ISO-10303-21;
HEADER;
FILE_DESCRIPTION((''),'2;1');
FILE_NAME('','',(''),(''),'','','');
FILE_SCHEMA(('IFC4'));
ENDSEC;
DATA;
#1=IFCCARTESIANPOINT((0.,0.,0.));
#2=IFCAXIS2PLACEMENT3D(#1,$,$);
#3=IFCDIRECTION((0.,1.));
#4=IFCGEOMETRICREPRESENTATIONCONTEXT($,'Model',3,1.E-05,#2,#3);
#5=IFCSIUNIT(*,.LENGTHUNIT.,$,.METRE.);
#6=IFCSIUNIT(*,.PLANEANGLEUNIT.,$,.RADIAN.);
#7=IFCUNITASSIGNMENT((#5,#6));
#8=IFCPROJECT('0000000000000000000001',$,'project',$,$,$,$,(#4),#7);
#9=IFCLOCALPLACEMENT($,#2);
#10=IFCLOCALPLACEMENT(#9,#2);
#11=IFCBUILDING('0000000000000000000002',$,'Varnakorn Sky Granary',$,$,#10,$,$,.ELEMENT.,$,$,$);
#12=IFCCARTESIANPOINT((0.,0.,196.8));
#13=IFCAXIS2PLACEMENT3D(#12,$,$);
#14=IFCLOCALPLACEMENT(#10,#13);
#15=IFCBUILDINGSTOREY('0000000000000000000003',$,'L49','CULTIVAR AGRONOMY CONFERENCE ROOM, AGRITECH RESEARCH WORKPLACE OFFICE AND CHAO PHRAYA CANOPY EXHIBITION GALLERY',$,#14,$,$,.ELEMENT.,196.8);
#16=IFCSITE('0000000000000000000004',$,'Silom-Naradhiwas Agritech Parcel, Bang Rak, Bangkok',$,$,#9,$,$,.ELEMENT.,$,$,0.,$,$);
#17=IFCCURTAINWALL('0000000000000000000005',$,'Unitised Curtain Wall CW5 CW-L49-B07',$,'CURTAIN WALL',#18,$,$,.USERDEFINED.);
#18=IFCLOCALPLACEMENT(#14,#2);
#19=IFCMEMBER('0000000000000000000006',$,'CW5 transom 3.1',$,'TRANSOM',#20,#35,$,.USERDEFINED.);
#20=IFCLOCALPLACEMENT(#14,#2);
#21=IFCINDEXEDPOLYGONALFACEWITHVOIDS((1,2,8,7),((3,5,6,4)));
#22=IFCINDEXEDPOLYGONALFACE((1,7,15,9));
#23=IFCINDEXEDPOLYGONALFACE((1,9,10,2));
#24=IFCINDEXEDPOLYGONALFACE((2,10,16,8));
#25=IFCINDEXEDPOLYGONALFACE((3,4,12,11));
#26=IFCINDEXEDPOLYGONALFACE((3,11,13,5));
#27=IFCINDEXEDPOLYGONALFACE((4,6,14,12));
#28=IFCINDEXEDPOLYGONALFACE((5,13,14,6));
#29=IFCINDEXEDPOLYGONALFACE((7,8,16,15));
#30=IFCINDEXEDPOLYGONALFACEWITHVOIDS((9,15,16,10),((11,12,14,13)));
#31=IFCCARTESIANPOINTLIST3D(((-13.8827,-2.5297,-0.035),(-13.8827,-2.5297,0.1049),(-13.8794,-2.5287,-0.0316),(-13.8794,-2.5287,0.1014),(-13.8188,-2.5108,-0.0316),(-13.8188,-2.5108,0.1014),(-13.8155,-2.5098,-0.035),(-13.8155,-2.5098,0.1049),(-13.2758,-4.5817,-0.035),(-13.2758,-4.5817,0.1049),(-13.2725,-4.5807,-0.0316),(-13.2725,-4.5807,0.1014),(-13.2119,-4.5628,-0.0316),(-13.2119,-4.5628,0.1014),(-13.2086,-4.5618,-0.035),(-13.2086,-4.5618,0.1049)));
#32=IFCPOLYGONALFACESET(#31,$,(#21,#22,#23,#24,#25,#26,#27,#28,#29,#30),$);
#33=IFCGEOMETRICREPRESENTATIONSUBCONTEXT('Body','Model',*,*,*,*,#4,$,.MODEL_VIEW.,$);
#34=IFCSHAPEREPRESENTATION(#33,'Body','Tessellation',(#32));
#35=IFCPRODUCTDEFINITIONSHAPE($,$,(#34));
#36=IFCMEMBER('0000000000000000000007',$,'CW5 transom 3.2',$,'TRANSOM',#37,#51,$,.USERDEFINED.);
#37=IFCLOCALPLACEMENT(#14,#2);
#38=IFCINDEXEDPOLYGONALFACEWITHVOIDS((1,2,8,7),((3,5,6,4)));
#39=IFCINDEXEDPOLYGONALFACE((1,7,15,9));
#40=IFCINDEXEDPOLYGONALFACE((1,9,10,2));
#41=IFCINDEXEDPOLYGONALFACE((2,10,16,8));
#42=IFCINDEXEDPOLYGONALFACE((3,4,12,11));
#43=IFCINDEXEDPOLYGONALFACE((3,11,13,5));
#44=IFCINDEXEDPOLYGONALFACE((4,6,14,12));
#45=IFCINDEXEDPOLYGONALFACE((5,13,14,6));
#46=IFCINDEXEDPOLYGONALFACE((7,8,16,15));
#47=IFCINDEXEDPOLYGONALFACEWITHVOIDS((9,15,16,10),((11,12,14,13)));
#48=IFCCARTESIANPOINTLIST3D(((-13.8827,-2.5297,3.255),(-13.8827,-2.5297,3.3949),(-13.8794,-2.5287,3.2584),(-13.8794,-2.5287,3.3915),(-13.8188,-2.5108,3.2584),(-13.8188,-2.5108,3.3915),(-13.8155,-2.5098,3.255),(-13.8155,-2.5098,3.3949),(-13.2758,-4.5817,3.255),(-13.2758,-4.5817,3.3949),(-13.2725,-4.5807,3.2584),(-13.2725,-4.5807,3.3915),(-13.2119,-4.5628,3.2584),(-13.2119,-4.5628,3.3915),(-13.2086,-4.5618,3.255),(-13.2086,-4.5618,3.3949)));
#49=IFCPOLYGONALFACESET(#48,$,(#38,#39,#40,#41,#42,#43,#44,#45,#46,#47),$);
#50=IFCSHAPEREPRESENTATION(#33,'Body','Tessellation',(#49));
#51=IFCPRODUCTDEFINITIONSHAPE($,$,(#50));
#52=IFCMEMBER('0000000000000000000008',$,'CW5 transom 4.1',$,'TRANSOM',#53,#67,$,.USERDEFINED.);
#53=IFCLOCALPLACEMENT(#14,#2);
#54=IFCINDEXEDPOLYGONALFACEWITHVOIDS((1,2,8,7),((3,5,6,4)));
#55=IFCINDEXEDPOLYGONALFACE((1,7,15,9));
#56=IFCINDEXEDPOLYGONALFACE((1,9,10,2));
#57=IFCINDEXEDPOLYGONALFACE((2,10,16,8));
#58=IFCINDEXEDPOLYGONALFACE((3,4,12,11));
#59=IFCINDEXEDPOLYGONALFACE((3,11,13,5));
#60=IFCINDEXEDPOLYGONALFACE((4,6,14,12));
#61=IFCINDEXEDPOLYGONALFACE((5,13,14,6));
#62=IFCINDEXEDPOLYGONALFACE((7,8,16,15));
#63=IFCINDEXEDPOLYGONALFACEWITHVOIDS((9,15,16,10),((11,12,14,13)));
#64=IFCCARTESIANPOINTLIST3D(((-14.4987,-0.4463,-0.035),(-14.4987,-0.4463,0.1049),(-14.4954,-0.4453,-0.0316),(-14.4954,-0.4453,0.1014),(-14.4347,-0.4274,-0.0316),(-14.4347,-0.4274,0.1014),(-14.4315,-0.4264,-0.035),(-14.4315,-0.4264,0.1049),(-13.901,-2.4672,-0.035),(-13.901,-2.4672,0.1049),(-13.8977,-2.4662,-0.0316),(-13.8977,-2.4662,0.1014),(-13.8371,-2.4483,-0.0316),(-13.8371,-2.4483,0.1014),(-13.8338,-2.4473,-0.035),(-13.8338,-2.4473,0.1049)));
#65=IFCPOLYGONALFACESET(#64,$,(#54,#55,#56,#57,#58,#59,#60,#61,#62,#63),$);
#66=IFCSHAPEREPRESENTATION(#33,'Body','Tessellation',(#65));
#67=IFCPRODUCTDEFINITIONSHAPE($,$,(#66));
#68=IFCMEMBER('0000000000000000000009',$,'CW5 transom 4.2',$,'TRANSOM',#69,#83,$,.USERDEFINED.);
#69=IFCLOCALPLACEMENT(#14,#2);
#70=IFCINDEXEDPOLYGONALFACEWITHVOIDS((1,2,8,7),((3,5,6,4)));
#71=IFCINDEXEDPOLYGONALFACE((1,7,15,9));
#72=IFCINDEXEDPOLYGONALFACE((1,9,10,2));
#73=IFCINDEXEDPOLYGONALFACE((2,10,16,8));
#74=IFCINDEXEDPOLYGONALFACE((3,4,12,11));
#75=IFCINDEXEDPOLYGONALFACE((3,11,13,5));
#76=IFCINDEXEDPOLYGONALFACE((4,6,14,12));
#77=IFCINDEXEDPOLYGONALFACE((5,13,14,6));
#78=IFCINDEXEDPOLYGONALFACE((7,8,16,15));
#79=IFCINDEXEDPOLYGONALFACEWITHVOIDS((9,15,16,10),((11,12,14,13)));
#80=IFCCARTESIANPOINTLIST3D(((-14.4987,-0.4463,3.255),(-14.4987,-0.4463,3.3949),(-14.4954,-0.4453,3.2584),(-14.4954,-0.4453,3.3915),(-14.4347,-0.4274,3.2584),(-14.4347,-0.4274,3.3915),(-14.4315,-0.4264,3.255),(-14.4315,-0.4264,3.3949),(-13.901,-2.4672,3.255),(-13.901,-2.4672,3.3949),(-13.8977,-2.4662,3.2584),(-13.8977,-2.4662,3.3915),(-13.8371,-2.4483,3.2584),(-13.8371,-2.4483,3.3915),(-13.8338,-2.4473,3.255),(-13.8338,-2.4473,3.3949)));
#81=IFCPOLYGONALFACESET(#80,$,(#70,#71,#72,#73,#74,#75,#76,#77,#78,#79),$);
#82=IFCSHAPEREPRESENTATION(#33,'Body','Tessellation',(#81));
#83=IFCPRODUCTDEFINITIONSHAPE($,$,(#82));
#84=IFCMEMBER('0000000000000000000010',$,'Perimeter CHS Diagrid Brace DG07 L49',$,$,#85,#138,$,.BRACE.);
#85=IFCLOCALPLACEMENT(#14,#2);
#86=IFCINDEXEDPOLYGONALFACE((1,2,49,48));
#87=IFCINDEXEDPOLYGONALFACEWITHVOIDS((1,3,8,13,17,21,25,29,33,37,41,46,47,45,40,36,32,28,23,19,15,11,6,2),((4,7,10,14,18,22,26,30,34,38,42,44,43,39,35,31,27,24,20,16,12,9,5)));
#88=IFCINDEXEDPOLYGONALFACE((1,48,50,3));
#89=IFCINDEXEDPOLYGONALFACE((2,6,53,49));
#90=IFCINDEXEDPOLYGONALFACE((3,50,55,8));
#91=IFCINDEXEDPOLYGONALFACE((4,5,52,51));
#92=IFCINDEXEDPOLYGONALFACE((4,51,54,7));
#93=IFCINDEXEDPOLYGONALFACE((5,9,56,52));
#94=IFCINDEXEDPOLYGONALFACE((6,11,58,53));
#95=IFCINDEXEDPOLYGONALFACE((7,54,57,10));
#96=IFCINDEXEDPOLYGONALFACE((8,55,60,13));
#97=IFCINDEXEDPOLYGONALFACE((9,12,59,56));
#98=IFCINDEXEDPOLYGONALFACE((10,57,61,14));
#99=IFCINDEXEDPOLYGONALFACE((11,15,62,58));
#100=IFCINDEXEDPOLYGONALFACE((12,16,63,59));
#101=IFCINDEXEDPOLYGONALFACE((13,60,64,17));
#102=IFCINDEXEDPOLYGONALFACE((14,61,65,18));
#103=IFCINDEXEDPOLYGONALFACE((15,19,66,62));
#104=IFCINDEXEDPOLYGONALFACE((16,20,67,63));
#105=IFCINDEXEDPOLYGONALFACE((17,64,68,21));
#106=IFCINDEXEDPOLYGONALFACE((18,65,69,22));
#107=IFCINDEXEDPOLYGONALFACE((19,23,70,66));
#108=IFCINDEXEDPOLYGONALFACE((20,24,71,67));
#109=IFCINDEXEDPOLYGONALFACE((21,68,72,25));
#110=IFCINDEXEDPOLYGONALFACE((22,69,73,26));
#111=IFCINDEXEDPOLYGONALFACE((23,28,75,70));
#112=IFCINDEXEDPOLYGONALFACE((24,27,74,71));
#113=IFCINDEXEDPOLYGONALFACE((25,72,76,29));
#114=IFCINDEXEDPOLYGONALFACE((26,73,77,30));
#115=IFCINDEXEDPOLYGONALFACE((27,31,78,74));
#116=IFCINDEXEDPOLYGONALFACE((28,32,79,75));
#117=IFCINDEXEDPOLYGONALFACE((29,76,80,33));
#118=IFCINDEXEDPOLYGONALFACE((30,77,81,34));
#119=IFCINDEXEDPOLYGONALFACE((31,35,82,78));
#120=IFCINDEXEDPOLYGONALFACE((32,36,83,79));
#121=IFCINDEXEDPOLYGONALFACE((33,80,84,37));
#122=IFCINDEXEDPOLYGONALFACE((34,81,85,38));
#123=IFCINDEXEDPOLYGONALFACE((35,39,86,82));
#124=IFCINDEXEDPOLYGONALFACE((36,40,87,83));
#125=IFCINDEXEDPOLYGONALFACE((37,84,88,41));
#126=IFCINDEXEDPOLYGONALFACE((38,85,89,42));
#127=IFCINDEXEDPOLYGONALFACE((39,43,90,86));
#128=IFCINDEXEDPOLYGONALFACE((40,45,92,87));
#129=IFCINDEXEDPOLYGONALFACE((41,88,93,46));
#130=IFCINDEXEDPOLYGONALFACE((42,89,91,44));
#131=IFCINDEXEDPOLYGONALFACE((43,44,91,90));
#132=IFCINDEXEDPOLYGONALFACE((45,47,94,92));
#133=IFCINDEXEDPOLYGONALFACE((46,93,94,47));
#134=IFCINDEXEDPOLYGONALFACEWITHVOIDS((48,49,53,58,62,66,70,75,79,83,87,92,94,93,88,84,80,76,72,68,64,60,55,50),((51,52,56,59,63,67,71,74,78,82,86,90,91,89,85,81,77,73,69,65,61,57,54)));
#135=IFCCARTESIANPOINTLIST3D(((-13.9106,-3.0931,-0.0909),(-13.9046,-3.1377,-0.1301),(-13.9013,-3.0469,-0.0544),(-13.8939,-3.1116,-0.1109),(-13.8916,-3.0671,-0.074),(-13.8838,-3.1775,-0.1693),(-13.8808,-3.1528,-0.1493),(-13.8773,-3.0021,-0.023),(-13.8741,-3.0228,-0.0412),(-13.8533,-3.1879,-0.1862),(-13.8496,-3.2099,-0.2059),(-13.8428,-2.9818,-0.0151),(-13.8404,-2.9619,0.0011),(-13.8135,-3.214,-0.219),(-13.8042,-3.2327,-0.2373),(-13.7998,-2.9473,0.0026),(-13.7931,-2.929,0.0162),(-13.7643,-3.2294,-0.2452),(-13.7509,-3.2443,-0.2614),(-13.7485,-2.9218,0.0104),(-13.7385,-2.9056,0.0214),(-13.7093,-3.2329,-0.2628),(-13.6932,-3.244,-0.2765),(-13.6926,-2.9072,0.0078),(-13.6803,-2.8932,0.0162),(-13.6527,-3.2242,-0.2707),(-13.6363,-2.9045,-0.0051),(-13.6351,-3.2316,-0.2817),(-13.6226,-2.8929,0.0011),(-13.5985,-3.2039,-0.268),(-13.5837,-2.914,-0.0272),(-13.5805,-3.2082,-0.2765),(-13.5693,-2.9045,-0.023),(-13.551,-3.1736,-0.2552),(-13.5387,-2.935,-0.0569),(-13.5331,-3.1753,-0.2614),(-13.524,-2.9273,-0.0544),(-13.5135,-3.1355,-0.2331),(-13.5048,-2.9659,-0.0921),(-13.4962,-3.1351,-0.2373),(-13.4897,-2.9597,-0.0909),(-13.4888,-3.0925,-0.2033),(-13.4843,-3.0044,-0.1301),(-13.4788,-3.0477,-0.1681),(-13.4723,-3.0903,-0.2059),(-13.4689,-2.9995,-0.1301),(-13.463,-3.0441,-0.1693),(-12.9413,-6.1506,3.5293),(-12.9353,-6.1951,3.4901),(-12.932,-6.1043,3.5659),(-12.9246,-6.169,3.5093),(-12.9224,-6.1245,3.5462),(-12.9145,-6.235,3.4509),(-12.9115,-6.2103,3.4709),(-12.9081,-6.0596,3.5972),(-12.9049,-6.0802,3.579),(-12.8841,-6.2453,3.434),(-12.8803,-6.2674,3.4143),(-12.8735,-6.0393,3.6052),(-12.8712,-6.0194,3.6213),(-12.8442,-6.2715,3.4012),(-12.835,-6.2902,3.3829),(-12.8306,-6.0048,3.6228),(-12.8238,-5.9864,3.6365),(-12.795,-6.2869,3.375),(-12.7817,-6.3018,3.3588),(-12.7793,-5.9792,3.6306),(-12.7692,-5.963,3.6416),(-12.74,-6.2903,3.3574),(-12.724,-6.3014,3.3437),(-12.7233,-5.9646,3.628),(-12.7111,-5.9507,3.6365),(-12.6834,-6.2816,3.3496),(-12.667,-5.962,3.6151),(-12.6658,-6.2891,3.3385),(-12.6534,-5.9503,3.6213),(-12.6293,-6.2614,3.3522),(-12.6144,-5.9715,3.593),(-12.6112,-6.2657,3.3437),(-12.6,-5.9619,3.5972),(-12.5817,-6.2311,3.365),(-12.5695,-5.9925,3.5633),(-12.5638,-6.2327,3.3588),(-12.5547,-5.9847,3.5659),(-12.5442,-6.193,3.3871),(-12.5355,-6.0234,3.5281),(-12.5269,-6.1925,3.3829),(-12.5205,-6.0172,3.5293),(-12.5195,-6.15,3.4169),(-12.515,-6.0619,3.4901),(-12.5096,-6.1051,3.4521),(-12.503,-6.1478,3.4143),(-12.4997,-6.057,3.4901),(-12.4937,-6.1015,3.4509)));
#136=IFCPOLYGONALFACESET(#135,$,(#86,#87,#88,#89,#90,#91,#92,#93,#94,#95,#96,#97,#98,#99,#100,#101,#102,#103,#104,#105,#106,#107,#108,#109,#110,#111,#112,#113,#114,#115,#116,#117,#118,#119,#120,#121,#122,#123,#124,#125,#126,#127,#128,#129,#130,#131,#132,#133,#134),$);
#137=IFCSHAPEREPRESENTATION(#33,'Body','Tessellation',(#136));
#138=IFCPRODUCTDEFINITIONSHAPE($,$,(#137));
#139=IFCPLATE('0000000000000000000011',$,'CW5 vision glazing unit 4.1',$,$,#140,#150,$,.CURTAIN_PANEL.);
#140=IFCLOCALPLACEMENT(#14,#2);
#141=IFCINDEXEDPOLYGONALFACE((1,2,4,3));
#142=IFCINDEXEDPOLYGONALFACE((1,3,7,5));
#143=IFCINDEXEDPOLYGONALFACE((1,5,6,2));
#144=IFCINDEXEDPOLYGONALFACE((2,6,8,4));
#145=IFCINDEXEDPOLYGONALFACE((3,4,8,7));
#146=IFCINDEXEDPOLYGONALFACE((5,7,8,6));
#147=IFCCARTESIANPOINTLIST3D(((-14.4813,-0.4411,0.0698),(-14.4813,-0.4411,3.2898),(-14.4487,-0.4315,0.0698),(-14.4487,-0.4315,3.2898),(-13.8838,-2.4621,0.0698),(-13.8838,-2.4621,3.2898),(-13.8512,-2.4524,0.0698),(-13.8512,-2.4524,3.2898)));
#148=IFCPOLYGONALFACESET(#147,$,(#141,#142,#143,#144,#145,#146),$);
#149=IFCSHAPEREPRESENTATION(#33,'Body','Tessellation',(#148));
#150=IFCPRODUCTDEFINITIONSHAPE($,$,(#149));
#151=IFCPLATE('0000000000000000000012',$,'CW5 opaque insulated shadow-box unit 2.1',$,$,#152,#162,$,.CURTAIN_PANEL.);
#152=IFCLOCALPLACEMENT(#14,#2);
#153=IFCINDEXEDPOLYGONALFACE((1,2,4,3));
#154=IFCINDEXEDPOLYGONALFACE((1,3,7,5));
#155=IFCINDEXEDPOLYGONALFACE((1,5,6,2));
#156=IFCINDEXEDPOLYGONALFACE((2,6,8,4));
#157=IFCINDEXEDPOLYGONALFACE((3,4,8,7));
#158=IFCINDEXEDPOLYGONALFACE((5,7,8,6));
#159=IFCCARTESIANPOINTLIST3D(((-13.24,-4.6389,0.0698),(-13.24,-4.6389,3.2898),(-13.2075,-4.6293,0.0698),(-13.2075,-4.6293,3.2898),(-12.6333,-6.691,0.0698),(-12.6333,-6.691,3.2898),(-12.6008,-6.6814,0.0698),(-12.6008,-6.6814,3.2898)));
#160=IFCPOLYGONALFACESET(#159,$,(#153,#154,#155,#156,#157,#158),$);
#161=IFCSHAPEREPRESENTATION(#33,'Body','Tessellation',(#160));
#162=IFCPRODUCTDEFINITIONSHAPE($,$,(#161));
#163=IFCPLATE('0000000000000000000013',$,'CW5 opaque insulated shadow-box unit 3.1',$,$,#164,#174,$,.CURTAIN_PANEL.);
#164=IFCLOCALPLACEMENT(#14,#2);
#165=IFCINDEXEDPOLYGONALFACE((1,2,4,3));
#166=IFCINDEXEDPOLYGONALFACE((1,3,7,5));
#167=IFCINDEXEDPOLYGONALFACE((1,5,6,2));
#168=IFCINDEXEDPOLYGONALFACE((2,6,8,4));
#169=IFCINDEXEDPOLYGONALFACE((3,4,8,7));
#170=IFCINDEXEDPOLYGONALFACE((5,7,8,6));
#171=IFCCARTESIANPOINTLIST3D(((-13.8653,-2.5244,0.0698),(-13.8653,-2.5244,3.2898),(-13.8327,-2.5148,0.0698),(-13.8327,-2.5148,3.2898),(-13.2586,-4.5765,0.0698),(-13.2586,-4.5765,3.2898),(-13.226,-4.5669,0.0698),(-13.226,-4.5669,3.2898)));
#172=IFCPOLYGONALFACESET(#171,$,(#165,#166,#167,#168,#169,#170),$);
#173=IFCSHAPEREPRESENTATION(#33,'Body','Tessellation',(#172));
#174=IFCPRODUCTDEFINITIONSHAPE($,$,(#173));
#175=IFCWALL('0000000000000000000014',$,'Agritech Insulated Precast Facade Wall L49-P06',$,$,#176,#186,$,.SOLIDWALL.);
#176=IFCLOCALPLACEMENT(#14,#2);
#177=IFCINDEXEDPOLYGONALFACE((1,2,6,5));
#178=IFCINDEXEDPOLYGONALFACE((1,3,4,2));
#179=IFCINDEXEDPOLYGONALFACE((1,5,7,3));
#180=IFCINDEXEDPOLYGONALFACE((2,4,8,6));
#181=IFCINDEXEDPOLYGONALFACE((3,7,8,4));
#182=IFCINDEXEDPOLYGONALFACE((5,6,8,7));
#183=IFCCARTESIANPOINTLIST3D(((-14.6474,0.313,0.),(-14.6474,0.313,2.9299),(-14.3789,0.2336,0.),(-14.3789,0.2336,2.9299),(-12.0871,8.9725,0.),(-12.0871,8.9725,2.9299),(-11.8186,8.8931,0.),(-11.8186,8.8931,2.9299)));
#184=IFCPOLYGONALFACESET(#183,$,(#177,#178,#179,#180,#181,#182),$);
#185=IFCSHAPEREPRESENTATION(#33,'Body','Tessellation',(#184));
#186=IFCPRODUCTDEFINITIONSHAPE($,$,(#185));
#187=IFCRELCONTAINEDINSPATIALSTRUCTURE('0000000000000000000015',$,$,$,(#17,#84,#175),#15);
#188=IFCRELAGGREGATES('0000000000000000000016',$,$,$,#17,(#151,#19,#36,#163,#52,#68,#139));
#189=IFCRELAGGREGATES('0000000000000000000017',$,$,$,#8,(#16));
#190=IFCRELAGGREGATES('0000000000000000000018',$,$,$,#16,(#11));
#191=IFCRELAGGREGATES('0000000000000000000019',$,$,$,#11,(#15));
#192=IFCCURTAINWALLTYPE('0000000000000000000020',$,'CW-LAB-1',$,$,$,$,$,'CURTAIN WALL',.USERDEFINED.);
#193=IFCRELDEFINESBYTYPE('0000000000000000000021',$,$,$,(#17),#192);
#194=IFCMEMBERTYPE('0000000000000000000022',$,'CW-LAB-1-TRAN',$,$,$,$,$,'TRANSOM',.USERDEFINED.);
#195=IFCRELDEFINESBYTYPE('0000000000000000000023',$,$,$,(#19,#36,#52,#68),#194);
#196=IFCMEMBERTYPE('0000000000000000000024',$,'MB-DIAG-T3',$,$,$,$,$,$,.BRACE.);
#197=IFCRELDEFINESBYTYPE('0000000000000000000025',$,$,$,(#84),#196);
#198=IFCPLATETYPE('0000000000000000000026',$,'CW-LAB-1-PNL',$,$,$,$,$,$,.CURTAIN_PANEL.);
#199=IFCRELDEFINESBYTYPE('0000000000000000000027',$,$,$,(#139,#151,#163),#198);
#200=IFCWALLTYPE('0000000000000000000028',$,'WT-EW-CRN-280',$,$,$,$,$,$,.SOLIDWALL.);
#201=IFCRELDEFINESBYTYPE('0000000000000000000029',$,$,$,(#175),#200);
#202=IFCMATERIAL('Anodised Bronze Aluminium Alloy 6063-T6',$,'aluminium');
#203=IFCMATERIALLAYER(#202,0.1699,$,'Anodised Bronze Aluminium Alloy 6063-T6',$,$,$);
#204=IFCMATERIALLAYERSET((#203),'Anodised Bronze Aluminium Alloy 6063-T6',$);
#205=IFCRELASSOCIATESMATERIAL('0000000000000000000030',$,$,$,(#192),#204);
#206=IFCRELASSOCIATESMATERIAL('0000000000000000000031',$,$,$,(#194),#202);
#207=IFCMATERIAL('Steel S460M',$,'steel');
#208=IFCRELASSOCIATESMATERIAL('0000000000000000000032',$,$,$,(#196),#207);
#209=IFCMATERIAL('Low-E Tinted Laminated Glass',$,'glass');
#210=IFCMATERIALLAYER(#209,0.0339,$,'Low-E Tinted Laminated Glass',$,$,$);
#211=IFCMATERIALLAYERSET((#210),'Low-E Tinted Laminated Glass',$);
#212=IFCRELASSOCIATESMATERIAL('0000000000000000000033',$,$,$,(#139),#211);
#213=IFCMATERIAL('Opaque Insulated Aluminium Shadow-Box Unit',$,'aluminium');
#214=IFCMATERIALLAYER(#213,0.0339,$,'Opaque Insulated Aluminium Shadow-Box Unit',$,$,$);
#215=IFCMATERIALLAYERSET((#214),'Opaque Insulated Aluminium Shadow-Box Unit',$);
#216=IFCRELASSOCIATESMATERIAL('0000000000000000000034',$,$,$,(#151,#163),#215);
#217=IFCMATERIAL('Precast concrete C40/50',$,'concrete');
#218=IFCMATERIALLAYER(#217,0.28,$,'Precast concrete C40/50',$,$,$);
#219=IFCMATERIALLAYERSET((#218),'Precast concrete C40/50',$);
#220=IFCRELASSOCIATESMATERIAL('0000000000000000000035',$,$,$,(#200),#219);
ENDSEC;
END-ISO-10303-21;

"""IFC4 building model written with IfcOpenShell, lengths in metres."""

from ifc_helpers import new_model, si_unit, direction, frame, frame_2d, origin, origin_2d, place, context, subcontext, project, spatial, rectangle, hollow_rectangle, hollow_circle, extrude, source, transform, mapped, material, layer, layer_set, material_profile, profile_set, type_object, type_shapes, element, aggregate, save


model = new_model("IFC4")

# Units and contexts
model_context = context("Model", 3, precision=1e-05, world=origin(), true_north=direction((0.0, 1.0)))
body_context = subcontext(model_context, "Body", "Model", "MODEL_VIEW")
ifc_project = project(units=[si_unit("LENGTHUNIT", "METRE"), si_unit("PLANEANGLEUNIT", "RADIAN")], contexts=[model_context])

# Site, building, storey
site_placement = place(None, origin())
site = spatial("IfcSite", under=ifc_project, at=site_placement, Name="Silom-Naradhiwas Agritech Parcel, Bang Rak, Bangkok", CompositionType="ELEMENT", RefElevation=0.0)
building_placement = place(site_placement, origin())
building = spatial("IfcBuilding", under=site, at=building_placement, Name="Varnakorn Sky Granary", CompositionType="ELEMENT")
storey_placement = place(building_placement, frame((0.0, 0.0, 196.8)))
storey = spatial("IfcBuildingStorey", under=building, at=storey_placement, Name="L49", Description="CULTIVAR AGRONOMY CONFERENCE ROOM, AGRITECH RESEARCH WORKPLACE OFFICE AND CHAO PHRAYA CANOPY EXHIBITION GALLERY", CompositionType="ELEMENT", Elevation=196.8)

# Shared definitions
ifc_material_1 = material(Name="Steel S460M", Category="steel")

# Curtain wall, members
ifc_material_2 = material(Name="Anodised Bronze Aluminium Alloy 6063-T6", Category="aluminium")
ifc_layer_1 = layer(ifc_material_2, 0.1699, Name="Anodised Bronze Aluminium Alloy 6063-T6")
ifc_layer_set_1 = layer_set([ifc_layer_1], Name="Anodised Bronze Aluminium Alloy 6063-T6")
curtain_wall_type = type_object("IfcCurtainWallType", Name="CW-LAB-1", ElementType="CURTAIN WALL", PredefinedType="USERDEFINED", material=ifc_layer_set_1)
curtain_wall_placement = place(storey_placement, origin())
curtain_wall = element("IfcCurtainWall", 1, at=curtain_wall_placement, inside=storey, type_object=curtain_wall_type, Name="Unitised Curtain Wall CW5 CW-L49-B07", ObjectType="CURTAIN WALL", PredefinedType="USERDEFINED")
ifc_material_profile_1 = material_profile(ifc_material_2, hollow_rectangle(XDim=0.0701, YDim=0.1399, WallThickness=0.0034, at=origin_2d()), Name="ALU TRAN 70x140")
ifc_profile_set_1 = profile_set([ifc_material_profile_1], Name="Anodised Bronze Aluminium Alloy 6063-T6")
member_type_1 = type_object("IfcMemberType", Name="CW-LAB-1-TRAN", ElementType="TRANSOM", PredefinedType="USERDEFINED", material=ifc_profile_set_1)
member_1_placement = place(storey_placement, frame((-13.2422, -4.5718, 0.0349), z_axis=(-0.28363, 0.958934, 0.0), x_axis=(-0.958934, -0.28363, 0.0)))
member_1 = element("IfcMember", 2, at=member_1_placement, type_object=member_type_1, Name="CW5 transom 3.1", ObjectType="TRANSOM", PredefinedType="USERDEFINED", context=body_context, shape_type="SweptSolid", body=[
    extrude(hollow_rectangle(XDim=0.0701, YDim=0.1399, WallThickness=0.0034, at=origin_2d()), origin(), (0.0, 0.0, 1.0), 2.1399),
])
member_2_placement = place(storey_placement, frame((-13.2422, -4.5718, 3.325), z_axis=(-0.28363, 0.958934, 0.0), x_axis=(-0.958934, -0.28363, 0.0)))
member_2 = element("IfcMember", 3, at=member_2_placement, type_object=member_type_1, Name="CW5 transom 3.2", ObjectType="TRANSOM", PredefinedType="USERDEFINED", context=body_context, shape_type="SweptSolid", body=[
    extrude(hollow_rectangle(XDim=0.0701, YDim=0.1399, WallThickness=0.0034, at=origin_2d()), origin(), (0.0, 0.0, 1.0), 2.1399),
])
member_3_placement = place(storey_placement, frame((-13.8674, -2.4573, 0.0349), z_axis=(-0.283583, 0.958948, 0.0), x_axis=(-0.958948, -0.283583, 0.0)))
member_3 = element("IfcMember", 4, at=member_3_placement, type_object=member_type_1, Name="CW5 transom 4.1", ObjectType="TRANSOM", PredefinedType="USERDEFINED", context=body_context, shape_type="SweptSolid", body=[
    extrude(hollow_rectangle(XDim=0.0701, YDim=0.1399, WallThickness=0.0034, at=origin_2d()), origin(), (0.0, 0.0, 1.0), 2.1074),
])
member_4_placement = place(storey_placement, frame((-13.8674, -2.4573, 3.325), z_axis=(-0.283583, 0.958948, 0.0), x_axis=(-0.958948, -0.283583, 0.0)))
member_4 = element("IfcMember", 5, at=member_4_placement, type_object=member_type_1, Name="CW5 transom 4.2", ObjectType="TRANSOM", PredefinedType="USERDEFINED", context=body_context, shape_type="SweptSolid", body=[
    extrude(hollow_rectangle(XDim=0.0701, YDim=0.1399, WallThickness=0.0034, at=origin_2d()), origin(), (0.0, 0.0, 1.0), 2.1074),
])

# Member
ifc_material_profile_2 = material_profile(ifc_material_1, hollow_circle(Radius=0.2285, WallThickness=0.0161, at=origin_2d()), Name="CHS 457x16")
ifc_profile_set_2 = profile_set([ifc_material_profile_2], Name="Steel S460M")
member_type_2 = type_object("IfcMemberType", Name="MB-DIAG-T3", PredefinedType="BRACE", material=ifc_profile_set_2)
member_5_placement = place(storey_placement, frame((-13.6868, -3.0686, -0.1301), z_axis=(0.200399, -0.632139, 0.748492), x_axis=(0.953246, 0.302195, 0.0)))
element("IfcMember", 6, at=member_5_placement, inside=storey, type_object=member_type_2, Name="Perimeter CHS Diagrid Brace DG07 L49", PredefinedType="BRACE", context=body_context, shape_type="SweptSolid", body=[
    extrude(hollow_circle(Radius=0.2285, WallThickness=0.0161, at=origin_2d()), origin(), (0.0, 0.0, 1.0), 4.8367),
])

# Plates
ifc_material_3 = material(Name="Low-E Tinted Laminated Glass", Category="glass")
ifc_layer_2 = layer(ifc_material_3, 0.0339, Name="Low-E Tinted Laminated Glass")
ifc_layer_set_2 = layer_set([ifc_layer_2], Name="Low-E Tinted Laminated Glass")
plate_type = type_object("IfcPlateType", Name="CW-LAB-1-PNL", PredefinedType="CURTAIN_PANEL")
shared_shape_1 = source(origin(), body_context, "Body", "SweptSolid", [
    extrude(rectangle(XDim=2.1074, YDim=0.0339, at=origin_2d()), origin(), (0.0, 0.0, 1.0), 3.22),
])
plate_1_placement = place(storey_placement, frame((-14.1663, -1.4468, 0.0698), z_axis=(0.0, 0.0, 1.0), x_axis=(-0.283528, 0.958964, 0.0)))
plate_1 = element("IfcPlate", 7, at=plate_1_placement, type_object=plate_type, material=ifc_layer_set_2, Name="CW5 vision glazing unit 4.1", PredefinedType="CURTAIN_PANEL", context=body_context, shape_type="MappedRepresentation", body=[
    mapped(shared_shape_1, transform((0.0, 0.0, 0.0), x_axis=(1.0, 0.0, 0.0), y_axis=(0.0, 1.0, 0.0), z_axis=(0.0, 0.0, 1.0), scale=1.0)),
])
ifc_material_4 = material(Name="Opaque Insulated Aluminium Shadow-Box Unit", Category="aluminium")
ifc_layer_3 = layer(ifc_material_4, 0.0339, Name="Opaque Insulated Aluminium Shadow-Box Unit")
ifc_layer_set_3 = layer_set([ifc_layer_3], Name="Opaque Insulated Aluminium Shadow-Box Unit")
shared_shape_2 = source(origin(), body_context, "Body", "SweptSolid", [
    extrude(rectangle(XDim=2.1399, YDim=0.0339, at=origin_2d()), origin(), (0.0, 0.0, 1.0), 3.22),
])
type_shapes(plate_type, [shared_shape_1, shared_shape_2])
plate_2_placement = place(storey_placement, frame((-12.9204, -5.6602, 0.0698), z_axis=(0.0, 0.0, 1.0), x_axis=(-0.283528, 0.958964, 0.0)))
plate_2 = element("IfcPlate", 8, at=plate_2_placement, type_object=plate_type, material=ifc_layer_set_3, Name="CW5 opaque insulated shadow-box unit 2.1", PredefinedType="CURTAIN_PANEL", context=body_context, shape_type="MappedRepresentation", body=[
    mapped(shared_shape_2, transform((0.0, 0.0, 0.0), x_axis=(1.0, 0.0, 0.0), y_axis=(0.0, 1.0, 0.0), z_axis=(0.0, 0.0, 1.0), scale=1.0)),
])
plate_3_placement = place(storey_placement, frame((-13.5457, -3.5457, 0.0698), z_axis=(0.0, 0.0, 1.0), x_axis=(-0.283528, 0.958964, 0.0)))
plate_3 = element("IfcPlate", 9, at=plate_3_placement, type_object=plate_type, material=ifc_layer_set_3, Name="CW5 opaque insulated shadow-box unit 3.1", PredefinedType="CURTAIN_PANEL", context=body_context, shape_type="MappedRepresentation", body=[
    mapped(shared_shape_2, transform((0.0, 0.0, 0.0), x_axis=(1.0, 0.0, 0.0), y_axis=(0.0, 1.0, 0.0), z_axis=(0.0, 0.0, 1.0), scale=1.0)),
])
aggregate(curtain_wall, [plate_2, member_1, member_2, plate_3, member_3, member_4, plate_1])

# Wall
ifc_material_5 = material(Name="Precast concrete C40/50", Category="concrete")
ifc_layer_4 = layer(ifc_material_5, 0.28, Name="Precast concrete C40/50")
ifc_layer_set_4 = layer_set([ifc_layer_4], Name="Precast concrete C40/50")
wall_type_1 = type_object("IfcWallType", Name="WT-EW-CRN-280", PredefinedType="SOLIDWALL", material=ifc_layer_set_4)
wall_1_placement = place(storey_placement, frame((-14.5132, 0.2732, 0.0), z_axis=(0.0, 0.0, 1.0), x_axis=(0.283533, 0.958962, 0.0)))
element("IfcWall", 10, at=wall_1_placement, inside=storey, type_object=wall_type_1, Name="Agritech Insulated Precast Facade Wall L49-P06", PredefinedType="SOLIDWALL", context=body_context, shape_type="SweptSolid", body=[
    extrude(rectangle(XDim=9.03, YDim=0.28, at=frame_2d((4.5151, 0.0))), origin(), (0.0, 0.0, 1.0), 2.9299),
])

save(model, "model.ifc")
